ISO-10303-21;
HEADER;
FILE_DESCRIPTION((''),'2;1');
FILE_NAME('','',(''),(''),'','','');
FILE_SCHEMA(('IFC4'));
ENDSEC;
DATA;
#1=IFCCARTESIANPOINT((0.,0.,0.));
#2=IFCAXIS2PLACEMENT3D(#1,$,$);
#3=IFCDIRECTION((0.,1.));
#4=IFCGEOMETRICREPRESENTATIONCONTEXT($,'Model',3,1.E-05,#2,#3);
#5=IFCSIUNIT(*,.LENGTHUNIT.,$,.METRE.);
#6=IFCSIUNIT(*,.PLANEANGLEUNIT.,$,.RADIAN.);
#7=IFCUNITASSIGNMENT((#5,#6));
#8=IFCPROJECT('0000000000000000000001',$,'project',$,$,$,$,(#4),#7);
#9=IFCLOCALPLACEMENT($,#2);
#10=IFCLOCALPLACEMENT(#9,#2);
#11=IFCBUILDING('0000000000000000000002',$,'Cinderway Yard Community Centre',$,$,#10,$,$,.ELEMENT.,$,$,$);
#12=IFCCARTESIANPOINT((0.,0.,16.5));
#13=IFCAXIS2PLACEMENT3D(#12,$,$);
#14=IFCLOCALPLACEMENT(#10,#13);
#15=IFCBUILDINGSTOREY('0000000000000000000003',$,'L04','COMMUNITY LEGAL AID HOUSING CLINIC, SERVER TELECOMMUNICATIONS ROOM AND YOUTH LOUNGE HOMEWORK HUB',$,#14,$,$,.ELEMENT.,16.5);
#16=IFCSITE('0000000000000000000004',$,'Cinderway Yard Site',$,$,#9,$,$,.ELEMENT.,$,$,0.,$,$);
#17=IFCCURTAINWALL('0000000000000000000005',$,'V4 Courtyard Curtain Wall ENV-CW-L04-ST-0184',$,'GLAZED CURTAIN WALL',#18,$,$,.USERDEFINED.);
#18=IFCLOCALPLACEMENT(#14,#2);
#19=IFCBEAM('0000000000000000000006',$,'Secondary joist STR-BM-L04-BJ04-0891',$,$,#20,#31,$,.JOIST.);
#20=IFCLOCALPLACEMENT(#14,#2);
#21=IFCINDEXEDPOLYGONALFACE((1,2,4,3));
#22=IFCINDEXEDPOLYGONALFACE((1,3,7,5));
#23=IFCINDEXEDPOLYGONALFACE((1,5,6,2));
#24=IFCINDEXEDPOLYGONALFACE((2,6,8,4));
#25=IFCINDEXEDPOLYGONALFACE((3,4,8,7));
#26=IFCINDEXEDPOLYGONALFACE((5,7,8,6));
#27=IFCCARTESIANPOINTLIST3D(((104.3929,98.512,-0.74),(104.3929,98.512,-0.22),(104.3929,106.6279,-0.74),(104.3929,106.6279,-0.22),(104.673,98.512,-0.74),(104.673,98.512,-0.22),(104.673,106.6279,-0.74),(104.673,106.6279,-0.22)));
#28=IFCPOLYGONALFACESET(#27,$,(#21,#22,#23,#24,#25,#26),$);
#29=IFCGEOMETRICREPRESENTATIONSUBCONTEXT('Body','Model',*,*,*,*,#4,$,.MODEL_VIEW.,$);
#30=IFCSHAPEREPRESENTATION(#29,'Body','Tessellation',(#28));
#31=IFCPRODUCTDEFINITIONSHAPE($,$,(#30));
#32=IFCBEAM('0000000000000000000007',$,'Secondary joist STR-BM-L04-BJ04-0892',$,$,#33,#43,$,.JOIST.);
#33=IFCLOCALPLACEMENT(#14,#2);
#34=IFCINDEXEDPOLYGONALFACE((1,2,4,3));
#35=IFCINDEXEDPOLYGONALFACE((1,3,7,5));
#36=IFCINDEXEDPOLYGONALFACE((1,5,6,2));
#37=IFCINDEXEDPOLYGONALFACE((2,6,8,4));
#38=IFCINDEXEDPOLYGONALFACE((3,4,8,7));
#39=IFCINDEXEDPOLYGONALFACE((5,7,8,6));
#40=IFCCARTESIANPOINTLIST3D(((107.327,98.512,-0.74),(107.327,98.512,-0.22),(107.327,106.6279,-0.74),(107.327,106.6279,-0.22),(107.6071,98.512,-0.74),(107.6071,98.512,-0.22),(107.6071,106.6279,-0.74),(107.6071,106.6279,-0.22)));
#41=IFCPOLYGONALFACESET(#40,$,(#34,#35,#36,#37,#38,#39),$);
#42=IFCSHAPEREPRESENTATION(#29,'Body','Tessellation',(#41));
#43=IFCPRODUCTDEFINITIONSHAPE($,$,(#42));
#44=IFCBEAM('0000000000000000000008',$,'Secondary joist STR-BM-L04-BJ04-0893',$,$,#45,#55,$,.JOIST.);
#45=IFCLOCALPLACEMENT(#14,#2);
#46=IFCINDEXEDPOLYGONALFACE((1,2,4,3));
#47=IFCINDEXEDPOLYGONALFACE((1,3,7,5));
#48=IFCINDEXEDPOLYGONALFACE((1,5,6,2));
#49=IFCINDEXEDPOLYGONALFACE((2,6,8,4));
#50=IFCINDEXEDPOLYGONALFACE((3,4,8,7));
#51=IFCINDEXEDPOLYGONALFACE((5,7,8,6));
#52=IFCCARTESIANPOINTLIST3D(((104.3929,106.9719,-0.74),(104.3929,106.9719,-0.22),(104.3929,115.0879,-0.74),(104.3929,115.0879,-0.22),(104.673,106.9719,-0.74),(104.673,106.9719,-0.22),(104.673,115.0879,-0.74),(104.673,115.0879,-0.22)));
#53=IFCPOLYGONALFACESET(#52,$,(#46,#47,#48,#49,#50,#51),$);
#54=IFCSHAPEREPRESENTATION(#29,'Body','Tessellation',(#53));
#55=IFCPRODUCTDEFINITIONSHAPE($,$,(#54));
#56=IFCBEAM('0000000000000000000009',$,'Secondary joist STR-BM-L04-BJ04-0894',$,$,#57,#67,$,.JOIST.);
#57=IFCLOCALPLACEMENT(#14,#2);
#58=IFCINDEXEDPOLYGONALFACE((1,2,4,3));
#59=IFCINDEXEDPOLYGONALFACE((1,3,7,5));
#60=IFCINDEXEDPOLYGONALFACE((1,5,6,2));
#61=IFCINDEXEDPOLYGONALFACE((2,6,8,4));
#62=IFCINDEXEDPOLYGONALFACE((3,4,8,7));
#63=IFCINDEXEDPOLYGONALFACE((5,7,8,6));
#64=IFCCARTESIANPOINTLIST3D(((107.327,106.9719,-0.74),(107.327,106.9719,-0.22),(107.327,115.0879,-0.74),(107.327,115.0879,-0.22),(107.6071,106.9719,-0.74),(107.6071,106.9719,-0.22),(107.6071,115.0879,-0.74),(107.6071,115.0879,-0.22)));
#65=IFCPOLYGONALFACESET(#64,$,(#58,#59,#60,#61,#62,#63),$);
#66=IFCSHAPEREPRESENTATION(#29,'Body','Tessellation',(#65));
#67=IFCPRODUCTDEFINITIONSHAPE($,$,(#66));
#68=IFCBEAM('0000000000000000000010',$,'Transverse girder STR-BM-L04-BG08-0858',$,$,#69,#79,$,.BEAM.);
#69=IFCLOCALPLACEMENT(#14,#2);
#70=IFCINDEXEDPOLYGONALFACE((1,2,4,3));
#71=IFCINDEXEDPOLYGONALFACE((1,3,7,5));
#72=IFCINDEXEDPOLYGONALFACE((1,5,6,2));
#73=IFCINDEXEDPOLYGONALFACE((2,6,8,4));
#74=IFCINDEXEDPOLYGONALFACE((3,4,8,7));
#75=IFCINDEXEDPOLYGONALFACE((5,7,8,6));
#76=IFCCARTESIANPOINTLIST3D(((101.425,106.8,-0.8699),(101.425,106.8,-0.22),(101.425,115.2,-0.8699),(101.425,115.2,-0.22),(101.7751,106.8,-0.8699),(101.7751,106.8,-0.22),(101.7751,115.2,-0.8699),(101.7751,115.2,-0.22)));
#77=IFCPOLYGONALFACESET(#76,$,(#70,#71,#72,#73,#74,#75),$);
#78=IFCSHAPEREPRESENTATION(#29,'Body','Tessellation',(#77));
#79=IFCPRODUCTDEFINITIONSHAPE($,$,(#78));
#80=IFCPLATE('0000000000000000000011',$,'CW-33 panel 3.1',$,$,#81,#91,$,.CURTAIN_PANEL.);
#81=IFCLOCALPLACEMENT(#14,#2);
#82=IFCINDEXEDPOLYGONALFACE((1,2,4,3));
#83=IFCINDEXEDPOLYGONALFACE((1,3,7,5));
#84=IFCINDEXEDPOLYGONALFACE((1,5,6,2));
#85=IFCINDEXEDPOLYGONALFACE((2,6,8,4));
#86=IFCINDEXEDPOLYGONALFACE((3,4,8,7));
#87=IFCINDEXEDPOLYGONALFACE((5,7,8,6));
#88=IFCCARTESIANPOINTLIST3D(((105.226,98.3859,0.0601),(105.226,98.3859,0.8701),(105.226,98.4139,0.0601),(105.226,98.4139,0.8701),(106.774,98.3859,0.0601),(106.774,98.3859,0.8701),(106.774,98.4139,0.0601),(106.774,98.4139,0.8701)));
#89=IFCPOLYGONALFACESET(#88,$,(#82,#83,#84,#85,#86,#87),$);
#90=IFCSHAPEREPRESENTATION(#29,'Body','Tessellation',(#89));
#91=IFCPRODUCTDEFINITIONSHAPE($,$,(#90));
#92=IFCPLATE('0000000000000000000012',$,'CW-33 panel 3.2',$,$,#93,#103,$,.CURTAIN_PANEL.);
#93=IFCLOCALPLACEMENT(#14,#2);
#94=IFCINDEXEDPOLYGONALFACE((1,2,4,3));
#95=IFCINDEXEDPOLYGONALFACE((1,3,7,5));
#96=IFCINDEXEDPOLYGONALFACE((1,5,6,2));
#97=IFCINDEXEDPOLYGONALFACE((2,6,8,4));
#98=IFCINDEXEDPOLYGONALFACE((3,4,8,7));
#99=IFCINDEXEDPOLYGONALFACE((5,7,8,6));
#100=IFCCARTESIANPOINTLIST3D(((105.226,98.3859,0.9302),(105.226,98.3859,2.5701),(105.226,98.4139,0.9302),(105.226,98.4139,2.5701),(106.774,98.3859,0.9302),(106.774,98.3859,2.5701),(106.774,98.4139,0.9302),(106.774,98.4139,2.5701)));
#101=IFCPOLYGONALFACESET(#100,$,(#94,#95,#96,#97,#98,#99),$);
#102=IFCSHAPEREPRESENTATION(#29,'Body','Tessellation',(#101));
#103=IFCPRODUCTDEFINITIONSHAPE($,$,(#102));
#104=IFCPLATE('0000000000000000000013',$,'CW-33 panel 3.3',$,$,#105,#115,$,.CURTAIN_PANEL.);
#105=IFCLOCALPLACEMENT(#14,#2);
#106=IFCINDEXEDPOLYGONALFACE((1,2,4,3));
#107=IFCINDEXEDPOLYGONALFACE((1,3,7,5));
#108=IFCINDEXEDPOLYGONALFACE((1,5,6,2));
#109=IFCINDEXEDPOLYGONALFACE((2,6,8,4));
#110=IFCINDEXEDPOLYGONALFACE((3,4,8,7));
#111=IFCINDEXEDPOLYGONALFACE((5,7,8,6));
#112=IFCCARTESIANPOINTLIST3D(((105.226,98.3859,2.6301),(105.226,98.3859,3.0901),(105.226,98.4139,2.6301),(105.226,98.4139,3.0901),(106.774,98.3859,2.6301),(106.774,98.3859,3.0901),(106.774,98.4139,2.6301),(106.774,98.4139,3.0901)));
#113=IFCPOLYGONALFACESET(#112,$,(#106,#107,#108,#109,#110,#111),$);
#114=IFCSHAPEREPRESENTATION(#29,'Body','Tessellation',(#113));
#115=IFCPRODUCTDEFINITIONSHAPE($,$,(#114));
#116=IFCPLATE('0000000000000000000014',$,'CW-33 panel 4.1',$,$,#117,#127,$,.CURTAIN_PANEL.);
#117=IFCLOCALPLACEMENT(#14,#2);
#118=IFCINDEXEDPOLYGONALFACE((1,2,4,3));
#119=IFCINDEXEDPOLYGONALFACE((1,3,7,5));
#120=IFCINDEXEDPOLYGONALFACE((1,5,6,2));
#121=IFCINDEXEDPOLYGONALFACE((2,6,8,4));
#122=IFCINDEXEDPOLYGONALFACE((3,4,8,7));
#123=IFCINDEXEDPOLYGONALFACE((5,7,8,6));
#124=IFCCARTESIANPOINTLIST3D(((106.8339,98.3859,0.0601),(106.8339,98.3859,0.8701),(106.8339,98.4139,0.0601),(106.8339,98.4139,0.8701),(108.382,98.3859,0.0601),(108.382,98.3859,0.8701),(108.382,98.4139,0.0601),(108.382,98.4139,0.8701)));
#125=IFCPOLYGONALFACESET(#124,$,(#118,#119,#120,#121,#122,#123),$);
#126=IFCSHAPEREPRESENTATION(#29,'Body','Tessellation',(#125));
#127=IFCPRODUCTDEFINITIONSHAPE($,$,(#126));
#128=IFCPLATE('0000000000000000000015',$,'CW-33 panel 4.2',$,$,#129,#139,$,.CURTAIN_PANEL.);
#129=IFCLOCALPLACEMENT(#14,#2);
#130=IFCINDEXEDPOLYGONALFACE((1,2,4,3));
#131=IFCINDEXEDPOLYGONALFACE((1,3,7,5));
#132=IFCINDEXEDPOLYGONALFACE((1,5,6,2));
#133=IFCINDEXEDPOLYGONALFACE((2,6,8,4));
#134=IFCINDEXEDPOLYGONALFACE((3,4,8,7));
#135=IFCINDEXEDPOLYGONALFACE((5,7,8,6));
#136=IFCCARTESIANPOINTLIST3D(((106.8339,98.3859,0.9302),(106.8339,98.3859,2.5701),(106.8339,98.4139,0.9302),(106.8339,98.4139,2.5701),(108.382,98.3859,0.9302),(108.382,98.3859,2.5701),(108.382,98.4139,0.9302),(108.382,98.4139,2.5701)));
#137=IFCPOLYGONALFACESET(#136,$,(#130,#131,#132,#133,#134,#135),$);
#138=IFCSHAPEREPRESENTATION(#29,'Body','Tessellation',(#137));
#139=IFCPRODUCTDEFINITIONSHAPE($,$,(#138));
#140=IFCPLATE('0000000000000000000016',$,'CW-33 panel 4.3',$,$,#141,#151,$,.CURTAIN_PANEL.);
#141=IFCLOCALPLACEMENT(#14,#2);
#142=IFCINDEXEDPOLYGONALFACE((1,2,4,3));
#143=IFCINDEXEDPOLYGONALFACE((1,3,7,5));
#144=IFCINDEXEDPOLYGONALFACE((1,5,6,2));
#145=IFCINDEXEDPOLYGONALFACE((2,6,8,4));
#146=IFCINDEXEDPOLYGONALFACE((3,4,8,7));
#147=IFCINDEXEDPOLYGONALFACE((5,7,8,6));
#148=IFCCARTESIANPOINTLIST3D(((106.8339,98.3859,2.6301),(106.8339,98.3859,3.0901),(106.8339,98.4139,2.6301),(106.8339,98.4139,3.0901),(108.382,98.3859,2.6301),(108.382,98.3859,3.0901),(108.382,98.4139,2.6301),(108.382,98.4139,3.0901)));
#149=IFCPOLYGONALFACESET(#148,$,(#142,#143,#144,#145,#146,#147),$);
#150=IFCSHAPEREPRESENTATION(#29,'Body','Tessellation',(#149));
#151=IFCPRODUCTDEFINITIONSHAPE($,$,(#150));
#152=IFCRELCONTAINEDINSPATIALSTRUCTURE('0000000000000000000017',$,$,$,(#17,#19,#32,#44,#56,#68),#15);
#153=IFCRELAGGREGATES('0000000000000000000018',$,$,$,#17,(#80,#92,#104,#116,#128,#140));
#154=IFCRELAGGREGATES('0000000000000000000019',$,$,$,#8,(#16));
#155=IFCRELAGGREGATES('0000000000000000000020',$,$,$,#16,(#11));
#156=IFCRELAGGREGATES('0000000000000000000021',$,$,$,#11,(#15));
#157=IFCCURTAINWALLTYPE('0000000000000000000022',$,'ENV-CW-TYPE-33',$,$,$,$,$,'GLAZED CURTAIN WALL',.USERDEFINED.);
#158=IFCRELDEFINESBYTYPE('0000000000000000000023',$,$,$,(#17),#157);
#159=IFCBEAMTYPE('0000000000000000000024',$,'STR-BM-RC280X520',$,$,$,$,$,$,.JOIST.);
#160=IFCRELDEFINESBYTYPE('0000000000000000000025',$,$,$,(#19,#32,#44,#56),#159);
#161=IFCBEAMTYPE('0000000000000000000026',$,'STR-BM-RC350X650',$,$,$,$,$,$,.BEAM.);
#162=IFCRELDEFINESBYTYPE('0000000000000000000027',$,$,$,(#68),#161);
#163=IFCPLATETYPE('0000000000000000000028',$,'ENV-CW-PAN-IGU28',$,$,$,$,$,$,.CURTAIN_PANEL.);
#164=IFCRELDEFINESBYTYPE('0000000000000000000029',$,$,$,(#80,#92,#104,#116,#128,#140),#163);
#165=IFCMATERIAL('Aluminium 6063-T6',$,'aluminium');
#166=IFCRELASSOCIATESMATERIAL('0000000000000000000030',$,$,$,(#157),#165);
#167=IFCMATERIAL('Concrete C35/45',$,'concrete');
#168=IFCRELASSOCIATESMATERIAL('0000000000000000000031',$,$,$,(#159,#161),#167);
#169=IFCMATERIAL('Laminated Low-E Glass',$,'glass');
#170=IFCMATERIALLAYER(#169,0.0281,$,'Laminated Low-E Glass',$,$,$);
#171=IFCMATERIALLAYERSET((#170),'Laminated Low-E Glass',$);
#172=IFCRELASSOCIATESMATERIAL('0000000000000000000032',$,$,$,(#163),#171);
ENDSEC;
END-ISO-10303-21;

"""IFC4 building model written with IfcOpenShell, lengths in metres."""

from ifc_helpers import new_model, si_unit, direction, frame, origin, origin_2d, place, context, subcontext, project, spatial, rectangle, extrude, material, layer, layer_set, material_profile, profile_set, type_object, element, aggregate, save


model = new_model("IFC4")

# Units and contexts
model_context = context("Model", 3, precision=1e-05, world=origin(), true_north=direction((0.0, 1.0)))
body_context = subcontext(model_context, "Body", "Model", "MODEL_VIEW")
ifc_project = project(units=[si_unit("LENGTHUNIT", "METRE"), si_unit("PLANEANGLEUNIT", "RADIAN")], contexts=[model_context])

# Site, building, storey
site_placement = place(None, origin())
site = spatial("IfcSite", under=ifc_project, at=site_placement, Name="Cinderway Yard Site", CompositionType="ELEMENT", RefElevation=0.0)
building_placement = place(site_placement, origin())
building = spatial("IfcBuilding", under=site, at=building_placement, Name="Cinderway Yard Community Centre", CompositionType="ELEMENT")
storey_placement = place(building_placement, frame((0.0, 0.0, 16.5)))
storey = spatial("IfcBuildingStorey", under=building, at=storey_placement, Name="L04", Description="COMMUNITY LEGAL AID HOUSING CLINIC, SERVER TELECOMMUNICATIONS ROOM AND YOUTH LOUNGE HOMEWORK HUB", CompositionType="ELEMENT", Elevation=16.5)

# Curtain wall
ifc_material_1 = material(Name="Aluminium 6063-T6", Category="aluminium")
curtain_wall_type = type_object("IfcCurtainWallType", Name="ENV-CW-TYPE-33", ElementType="GLAZED CURTAIN WALL", PredefinedType="USERDEFINED", material=ifc_material_1)
curtain_wall_placement = place(storey_placement, origin())
curtain_wall = element("IfcCurtainWall", 1, at=curtain_wall_placement, inside=storey, type_object=curtain_wall_type, Name="V4 Courtyard Curtain Wall ENV-CW-L04-ST-0184", ObjectType="GLAZED CURTAIN WALL", PredefinedType="USERDEFINED")

# Beams
ifc_material_2 = material(Name="Concrete C35/45", Category="concrete")
ifc_material_profile_1 = material_profile(ifc_material_2, rectangle(XDim=0.28, YDim=0.52, at=origin_2d()), Name="Concrete C35/45")
ifc_profile_set_1 = profile_set([ifc_material_profile_1], Name="Concrete C35/45")
beam_type_1 = type_object("IfcBeamType", Name="STR-BM-RC280X520", PredefinedType="JOIST", material=ifc_profile_set_1)
for number, where, z_axis, x_axis, name in (
    (2, (104.533, 98.512, -0.48), (0.0, 1.0, 0.0), (-1.0, 0.0, 0.0), "Secondary joist STR-BM-L04-BJ04-0891"),
    (3, (107.467, 98.512, -0.48), (0.0, 1.0, 0.0), (-1.0, 0.0, 0.0), "Secondary joist STR-BM-L04-BJ04-0892"),
    (4, (104.533, 106.9719, -0.48), (0.0, 1.0, 0.0), (-1.0, 0.0, 0.0), "Secondary joist STR-BM-L04-BJ04-0893"),
    (5, (107.467, 106.9719, -0.48), (0.0, 1.0, 0.0), (-1.0, 0.0, 0.0), "Secondary joist STR-BM-L04-BJ04-0894"),
):
    element("IfcBeam", number, at=place(storey_placement, frame(where, z_axis=z_axis, x_axis=x_axis)), inside=storey, type_object=beam_type_1, Name=name, PredefinedType="JOIST", context=body_context, shape_type="SweptSolid", body=[
        extrude(rectangle(XDim=0.28, YDim=0.52, at=origin_2d()), origin(), (0.0, 0.0, 1.0), 8.116),
    ])
ifc_material_profile_2 = material_profile(ifc_material_2, rectangle(XDim=0.3501, YDim=0.6499, at=origin_2d()), Name="Concrete C35/45")
ifc_profile_set_2 = profile_set([ifc_material_profile_2], Name="Concrete C35/45")
beam_type_2 = type_object("IfcBeamType", Name="STR-BM-RC350X650", PredefinedType="BEAM", material=ifc_profile_set_2)
beam_placement = place(storey_placement, frame((101.6001, 106.8, -0.5449), z_axis=(0.0, 1.0, 0.0), x_axis=(-1.0, 0.0, 0.0)))
element("IfcBeam", 6, at=beam_placement, inside=storey, type_object=beam_type_2, Name="Transverse girder STR-BM-L04-BG08-0858", PredefinedType="BEAM", context=body_context, shape_type="SweptSolid", body=[
    extrude(rectangle(XDim=0.3501, YDim=0.6499, at=origin_2d()), origin(), (0.0, 0.0, 1.0), 8.3999),
])

# Plates
ifc_material_3 = material(Name="Laminated Low-E Glass", Category="glass")
ifc_layer = layer(ifc_material_3, 0.0281, Name="Laminated Low-E Glass")
ifc_layer_set = layer_set([ifc_layer], Name="Laminated Low-E Glass")
plate_type = type_object("IfcPlateType", Name="ENV-CW-PAN-IGU28", PredefinedType="CURTAIN_PANEL", material=ifc_layer_set)
plate_1_placement = place(storey_placement, frame((106.0, 98.3999, 0.0601), z_axis=(0.0, 0.0, 1.0), x_axis=(1.0, 0.0, 0.0)))
plate_1 = element("IfcPlate", 7, at=plate_1_placement, type_object=plate_type, Name="CW-33 panel 3.1", PredefinedType="CURTAIN_PANEL", context=body_context, shape_type="SweptSolid", body=[
    extrude(rectangle(XDim=1.5481, YDim=0.0281, at=origin_2d()), origin(), (0.0, 0.0, 1.0), 0.8101),
])
plate_2_placement = place(storey_placement, frame((106.0, 98.3999, 0.9302), z_axis=(0.0, 0.0, 1.0), x_axis=(1.0, 0.0, 0.0)))
plate_2 = element("IfcPlate", 8, at=plate_2_placement, type_object=plate_type, Name="CW-33 panel 3.2", PredefinedType="CURTAIN_PANEL", context=body_context, shape_type="SweptSolid", body=[
    extrude(rectangle(XDim=1.5481, YDim=0.0281, at=origin_2d()), origin(), (0.0, 0.0, 1.0), 1.6399),
])
plate_3_placement = place(storey_placement, frame((106.0, 98.3999, 2.6301), z_axis=(0.0, 0.0, 1.0), x_axis=(1.0, 0.0, 0.0)))
plate_3 = element("IfcPlate", 9, at=plate_3_placement, type_object=plate_type, Name="CW-33 panel 3.3", PredefinedType="CURTAIN_PANEL", context=body_context, shape_type="SweptSolid", body=[
    extrude(rectangle(XDim=1.5481, YDim=0.0281, at=origin_2d()), origin(), (0.0, 0.0, 1.0), 0.46),
])
plate_4_placement = place(storey_placement, frame((107.6079, 98.3999, 0.0601), z_axis=(0.0, 0.0, 1.0), x_axis=(1.0, 0.0, 0.0)))
plate_4 = element("IfcPlate", 10, at=plate_4_placement, type_object=plate_type, Name="CW-33 panel 4.1", PredefinedType="CURTAIN_PANEL", context=body_context, shape_type="SweptSolid", body=[
    extrude(rectangle(XDim=1.5481, YDim=0.0281, at=origin_2d()), origin(), (0.0, 0.0, 1.0), 0.8101),
])
plate_5_placement = place(storey_placement, frame((107.6079, 98.3999, 0.9302), z_axis=(0.0, 0.0, 1.0), x_axis=(1.0, 0.0, 0.0)))
plate_5 = element("IfcPlate", 11, at=plate_5_placement, type_object=plate_type, Name="CW-33 panel 4.2", PredefinedType="CURTAIN_PANEL", context=body_context, shape_type="SweptSolid", body=[
    extrude(rectangle(XDim=1.5481, YDim=0.0281, at=origin_2d()), origin(), (0.0, 0.0, 1.0), 1.6399),
])
plate_6_placement = place(storey_placement, frame((107.6079, 98.3999, 2.6301), z_axis=(0.0, 0.0, 1.0), x_axis=(1.0, 0.0, 0.0)))
plate_6 = element("IfcPlate", 12, at=plate_6_placement, type_object=plate_type, Name="CW-33 panel 4.3", PredefinedType="CURTAIN_PANEL", context=body_context, shape_type="SweptSolid", body=[
    extrude(rectangle(XDim=1.5481, YDim=0.0281, at=origin_2d()), origin(), (0.0, 0.0, 1.0), 0.46),
])
aggregate(curtain_wall, [plate_1, plate_2, plate_3, plate_4, plate_5, plate_6])

save(model, "model.ifc")
